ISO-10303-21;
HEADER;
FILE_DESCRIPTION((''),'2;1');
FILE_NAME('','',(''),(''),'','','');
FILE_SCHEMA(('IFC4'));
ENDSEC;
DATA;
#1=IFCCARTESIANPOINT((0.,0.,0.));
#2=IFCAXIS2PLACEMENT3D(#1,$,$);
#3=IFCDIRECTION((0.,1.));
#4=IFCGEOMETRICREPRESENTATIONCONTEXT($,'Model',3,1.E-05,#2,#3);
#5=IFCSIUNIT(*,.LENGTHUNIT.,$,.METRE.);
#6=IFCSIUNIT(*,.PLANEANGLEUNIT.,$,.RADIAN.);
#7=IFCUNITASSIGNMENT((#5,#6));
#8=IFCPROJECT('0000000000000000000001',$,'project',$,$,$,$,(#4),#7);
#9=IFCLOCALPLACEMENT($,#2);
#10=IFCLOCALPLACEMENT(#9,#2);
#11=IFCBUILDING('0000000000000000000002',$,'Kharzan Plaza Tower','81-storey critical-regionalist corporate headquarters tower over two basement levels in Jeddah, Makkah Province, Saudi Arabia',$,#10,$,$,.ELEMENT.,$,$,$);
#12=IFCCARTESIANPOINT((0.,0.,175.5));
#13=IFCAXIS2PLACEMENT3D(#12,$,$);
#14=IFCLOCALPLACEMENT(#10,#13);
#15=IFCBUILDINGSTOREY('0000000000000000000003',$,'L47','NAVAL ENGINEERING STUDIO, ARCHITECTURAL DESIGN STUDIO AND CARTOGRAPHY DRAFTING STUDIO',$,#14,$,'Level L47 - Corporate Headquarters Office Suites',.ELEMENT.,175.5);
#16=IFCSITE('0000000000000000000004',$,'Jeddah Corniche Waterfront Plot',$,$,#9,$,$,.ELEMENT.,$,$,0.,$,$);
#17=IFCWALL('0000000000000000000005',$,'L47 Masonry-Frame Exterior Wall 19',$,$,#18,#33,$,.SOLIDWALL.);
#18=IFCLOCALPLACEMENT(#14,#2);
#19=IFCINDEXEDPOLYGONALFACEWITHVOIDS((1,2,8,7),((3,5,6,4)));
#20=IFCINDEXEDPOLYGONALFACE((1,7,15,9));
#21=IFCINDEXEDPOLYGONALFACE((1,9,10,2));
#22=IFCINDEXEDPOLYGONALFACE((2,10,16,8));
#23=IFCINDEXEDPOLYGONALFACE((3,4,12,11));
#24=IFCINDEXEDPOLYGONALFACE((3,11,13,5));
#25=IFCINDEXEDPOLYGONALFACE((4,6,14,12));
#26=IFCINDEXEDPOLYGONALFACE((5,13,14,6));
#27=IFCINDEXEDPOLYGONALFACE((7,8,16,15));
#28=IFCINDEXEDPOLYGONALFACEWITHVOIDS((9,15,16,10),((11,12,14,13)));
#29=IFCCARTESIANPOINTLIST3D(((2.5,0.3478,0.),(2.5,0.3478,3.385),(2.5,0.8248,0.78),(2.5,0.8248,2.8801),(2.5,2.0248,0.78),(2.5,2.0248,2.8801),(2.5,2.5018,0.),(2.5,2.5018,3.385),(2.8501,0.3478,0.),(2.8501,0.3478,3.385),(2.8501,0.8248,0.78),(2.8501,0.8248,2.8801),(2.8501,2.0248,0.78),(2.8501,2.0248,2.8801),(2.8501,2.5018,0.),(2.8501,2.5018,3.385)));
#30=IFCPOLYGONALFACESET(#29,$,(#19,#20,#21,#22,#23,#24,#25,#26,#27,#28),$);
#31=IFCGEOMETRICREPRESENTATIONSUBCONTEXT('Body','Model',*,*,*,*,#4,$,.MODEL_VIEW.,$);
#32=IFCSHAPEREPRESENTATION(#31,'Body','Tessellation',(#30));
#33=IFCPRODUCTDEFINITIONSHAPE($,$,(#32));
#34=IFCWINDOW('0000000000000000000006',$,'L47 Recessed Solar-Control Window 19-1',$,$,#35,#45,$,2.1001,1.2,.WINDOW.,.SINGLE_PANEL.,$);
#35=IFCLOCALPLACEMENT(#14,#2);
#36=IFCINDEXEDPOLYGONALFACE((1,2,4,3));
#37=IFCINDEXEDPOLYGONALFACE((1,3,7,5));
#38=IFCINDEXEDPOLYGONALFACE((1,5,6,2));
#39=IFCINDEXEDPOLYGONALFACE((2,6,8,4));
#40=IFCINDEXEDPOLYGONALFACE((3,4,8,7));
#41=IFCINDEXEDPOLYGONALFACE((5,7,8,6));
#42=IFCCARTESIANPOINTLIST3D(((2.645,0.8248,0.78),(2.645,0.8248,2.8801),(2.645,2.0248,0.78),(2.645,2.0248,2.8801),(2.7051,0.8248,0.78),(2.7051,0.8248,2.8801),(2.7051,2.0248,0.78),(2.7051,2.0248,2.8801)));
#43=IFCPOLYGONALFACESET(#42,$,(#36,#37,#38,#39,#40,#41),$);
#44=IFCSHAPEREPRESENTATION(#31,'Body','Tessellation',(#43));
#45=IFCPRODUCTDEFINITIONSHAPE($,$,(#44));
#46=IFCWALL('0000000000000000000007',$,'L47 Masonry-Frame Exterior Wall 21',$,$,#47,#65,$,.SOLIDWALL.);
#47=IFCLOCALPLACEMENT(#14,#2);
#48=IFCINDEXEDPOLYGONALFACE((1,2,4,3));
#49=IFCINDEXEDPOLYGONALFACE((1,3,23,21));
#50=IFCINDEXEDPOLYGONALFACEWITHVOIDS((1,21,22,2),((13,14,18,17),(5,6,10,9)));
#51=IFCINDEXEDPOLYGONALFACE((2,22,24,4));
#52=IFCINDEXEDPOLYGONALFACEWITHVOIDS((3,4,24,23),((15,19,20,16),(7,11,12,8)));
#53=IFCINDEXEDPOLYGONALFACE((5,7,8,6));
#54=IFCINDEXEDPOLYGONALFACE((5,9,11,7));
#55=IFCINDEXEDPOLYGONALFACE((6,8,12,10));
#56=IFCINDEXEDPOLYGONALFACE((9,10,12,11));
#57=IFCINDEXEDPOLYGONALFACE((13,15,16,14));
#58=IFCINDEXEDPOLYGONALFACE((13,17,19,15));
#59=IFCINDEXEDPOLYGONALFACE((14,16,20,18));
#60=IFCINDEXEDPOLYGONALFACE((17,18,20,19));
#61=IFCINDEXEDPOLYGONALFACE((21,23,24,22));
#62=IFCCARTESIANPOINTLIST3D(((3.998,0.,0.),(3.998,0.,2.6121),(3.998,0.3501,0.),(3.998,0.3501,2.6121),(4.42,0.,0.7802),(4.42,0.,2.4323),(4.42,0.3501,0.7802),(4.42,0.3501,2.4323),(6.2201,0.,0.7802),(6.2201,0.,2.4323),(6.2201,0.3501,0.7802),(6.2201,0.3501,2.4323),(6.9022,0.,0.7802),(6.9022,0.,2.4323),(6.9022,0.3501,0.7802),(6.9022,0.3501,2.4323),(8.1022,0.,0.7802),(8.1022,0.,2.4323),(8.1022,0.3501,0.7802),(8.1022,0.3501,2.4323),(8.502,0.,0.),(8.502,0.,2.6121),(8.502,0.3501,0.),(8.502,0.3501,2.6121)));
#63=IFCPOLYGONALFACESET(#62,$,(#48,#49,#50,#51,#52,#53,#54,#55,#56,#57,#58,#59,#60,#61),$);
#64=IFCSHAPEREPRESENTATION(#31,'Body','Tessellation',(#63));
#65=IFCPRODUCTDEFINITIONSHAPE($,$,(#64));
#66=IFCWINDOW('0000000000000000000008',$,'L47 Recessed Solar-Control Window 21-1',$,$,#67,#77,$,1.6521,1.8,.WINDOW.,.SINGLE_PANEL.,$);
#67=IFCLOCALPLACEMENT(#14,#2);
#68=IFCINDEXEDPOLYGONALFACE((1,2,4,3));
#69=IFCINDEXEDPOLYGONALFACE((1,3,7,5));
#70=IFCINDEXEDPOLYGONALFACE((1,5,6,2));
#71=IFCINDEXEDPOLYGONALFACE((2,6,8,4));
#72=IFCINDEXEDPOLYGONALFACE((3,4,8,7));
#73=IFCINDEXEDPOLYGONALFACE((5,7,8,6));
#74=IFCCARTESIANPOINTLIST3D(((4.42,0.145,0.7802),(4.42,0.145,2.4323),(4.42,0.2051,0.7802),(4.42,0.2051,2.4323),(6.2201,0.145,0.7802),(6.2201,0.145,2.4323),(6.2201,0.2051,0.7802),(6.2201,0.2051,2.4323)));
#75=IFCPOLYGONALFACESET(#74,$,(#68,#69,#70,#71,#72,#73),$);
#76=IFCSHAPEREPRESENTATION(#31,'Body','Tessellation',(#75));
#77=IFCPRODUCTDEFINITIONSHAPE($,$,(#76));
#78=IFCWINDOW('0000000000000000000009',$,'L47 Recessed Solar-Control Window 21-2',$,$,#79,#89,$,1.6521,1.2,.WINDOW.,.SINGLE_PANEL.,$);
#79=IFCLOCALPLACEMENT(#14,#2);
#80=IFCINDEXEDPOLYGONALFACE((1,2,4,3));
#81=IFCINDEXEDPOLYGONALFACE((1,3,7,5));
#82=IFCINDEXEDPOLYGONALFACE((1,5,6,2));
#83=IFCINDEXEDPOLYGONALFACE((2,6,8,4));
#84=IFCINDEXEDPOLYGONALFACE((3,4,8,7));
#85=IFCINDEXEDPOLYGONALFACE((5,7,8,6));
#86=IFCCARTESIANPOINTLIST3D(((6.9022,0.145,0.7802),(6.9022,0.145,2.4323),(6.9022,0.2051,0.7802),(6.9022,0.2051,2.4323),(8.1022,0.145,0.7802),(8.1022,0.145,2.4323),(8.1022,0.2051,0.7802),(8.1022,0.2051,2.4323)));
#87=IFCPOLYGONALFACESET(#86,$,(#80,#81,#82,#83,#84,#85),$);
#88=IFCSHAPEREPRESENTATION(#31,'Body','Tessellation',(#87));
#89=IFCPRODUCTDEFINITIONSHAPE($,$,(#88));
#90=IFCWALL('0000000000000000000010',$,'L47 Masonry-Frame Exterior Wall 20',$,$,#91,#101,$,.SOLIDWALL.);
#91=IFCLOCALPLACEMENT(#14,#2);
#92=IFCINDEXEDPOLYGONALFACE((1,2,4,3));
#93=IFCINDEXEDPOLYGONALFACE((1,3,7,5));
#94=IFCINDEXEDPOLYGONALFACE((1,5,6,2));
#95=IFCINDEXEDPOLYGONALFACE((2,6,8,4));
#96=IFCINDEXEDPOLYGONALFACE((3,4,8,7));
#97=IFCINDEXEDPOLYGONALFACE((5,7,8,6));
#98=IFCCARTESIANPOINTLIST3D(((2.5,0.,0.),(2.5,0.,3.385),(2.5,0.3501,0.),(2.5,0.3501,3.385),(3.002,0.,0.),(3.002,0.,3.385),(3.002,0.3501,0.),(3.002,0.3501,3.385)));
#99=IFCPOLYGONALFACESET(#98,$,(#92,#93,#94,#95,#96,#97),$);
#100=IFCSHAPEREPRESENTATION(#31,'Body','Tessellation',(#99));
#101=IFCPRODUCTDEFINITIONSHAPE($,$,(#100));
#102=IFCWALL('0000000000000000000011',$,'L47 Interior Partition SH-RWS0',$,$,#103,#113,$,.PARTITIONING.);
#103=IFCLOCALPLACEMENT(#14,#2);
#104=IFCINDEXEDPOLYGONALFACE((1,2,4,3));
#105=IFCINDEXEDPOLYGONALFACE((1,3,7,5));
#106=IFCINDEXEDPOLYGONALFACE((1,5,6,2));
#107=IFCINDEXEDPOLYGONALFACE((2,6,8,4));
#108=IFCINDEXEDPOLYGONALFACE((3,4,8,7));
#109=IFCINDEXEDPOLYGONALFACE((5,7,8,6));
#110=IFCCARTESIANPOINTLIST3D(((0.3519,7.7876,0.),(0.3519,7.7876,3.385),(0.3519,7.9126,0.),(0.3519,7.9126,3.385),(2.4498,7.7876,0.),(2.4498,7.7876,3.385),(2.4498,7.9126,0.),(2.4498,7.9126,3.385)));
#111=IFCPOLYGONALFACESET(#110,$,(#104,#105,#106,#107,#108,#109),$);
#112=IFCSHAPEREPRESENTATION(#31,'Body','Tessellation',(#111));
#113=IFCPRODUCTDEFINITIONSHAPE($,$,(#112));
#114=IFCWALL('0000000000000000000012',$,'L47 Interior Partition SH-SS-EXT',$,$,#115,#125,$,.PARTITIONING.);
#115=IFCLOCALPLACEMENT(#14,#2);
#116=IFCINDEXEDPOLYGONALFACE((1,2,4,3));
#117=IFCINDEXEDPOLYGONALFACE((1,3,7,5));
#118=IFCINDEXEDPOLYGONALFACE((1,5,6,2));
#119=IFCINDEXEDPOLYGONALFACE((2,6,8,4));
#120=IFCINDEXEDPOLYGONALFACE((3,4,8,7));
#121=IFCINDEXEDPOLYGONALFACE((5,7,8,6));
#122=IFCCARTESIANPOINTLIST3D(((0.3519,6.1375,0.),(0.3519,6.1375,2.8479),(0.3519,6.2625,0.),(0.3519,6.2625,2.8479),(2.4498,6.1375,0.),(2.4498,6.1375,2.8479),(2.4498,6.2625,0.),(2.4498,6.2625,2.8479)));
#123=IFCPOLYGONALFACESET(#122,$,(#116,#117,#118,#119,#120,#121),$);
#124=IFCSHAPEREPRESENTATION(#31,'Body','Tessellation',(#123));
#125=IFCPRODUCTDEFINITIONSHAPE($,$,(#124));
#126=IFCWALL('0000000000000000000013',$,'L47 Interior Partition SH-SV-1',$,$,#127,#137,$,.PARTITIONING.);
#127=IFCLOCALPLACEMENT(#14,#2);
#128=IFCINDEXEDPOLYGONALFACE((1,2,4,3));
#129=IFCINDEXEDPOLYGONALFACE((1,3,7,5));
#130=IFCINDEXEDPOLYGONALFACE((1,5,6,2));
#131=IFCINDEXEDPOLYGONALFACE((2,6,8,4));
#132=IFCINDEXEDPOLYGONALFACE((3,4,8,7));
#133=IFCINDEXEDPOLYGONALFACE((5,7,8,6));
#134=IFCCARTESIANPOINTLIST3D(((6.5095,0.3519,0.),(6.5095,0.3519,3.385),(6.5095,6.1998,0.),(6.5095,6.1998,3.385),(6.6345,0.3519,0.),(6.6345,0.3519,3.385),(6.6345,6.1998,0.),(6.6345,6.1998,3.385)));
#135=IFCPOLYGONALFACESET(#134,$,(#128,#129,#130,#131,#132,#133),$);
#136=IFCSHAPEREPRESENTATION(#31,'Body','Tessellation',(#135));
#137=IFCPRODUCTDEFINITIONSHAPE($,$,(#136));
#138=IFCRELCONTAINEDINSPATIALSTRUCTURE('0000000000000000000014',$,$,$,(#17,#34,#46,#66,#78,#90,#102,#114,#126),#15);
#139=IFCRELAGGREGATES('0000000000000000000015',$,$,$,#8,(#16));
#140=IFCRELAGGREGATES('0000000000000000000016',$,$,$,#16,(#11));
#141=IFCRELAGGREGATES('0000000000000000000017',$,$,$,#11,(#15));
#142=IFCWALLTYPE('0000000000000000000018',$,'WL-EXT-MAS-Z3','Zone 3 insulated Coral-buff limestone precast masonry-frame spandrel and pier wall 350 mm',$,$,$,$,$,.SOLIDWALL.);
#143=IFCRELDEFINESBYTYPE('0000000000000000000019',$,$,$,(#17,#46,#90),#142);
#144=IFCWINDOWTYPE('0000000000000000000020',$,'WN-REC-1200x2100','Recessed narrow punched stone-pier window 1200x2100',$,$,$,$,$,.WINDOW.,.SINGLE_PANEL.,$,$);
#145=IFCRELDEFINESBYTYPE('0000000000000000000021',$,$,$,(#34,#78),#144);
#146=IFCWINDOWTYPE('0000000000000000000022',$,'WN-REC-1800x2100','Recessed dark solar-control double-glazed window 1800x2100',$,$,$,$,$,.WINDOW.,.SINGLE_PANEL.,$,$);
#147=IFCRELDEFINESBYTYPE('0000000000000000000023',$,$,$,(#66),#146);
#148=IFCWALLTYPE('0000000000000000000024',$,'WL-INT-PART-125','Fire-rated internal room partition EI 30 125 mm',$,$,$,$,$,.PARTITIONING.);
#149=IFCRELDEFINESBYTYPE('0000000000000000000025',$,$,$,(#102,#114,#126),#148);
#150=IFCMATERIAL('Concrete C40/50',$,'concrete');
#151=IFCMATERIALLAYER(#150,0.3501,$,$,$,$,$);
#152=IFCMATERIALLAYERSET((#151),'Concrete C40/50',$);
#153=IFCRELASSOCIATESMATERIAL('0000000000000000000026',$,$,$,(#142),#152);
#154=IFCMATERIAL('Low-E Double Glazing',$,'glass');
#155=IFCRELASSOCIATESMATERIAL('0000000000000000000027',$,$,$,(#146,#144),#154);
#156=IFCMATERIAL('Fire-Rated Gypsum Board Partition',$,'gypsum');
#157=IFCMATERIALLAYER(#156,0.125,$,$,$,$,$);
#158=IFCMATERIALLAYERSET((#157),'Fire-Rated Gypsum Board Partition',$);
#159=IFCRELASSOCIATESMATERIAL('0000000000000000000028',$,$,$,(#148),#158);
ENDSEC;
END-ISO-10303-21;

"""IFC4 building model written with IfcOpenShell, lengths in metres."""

from ifc_helpers import new_model, si_unit, direction, frame, frame_2d, origin, place, context, subcontext, project, spatial, rectangle, extrude, source, transform, mapped, material, layer, layer_set, type_object, element, fill, save


model = new_model("IFC4")

# Units and contexts
model_context = context("Model", 3, precision=1e-05, world=origin(), true_north=direction((0.0, 1.0)))
body_context = subcontext(model_context, "Body", "Model", "MODEL_VIEW")
ifc_project = project(units=[si_unit("LENGTHUNIT", "METRE"), si_unit("PLANEANGLEUNIT", "RADIAN")], contexts=[model_context])

# Site, building, storey
site_placement = place(None, origin())
site = spatial("IfcSite", under=ifc_project, at=site_placement, Name="Jeddah Corniche Waterfront Plot", CompositionType="ELEMENT", RefElevation=0.0)
building_placement = place(site_placement, origin())
building = spatial("IfcBuilding", under=site, at=building_placement, Name="Kharzan Plaza Tower", Description="81-storey critical-regionalist corporate headquarters tower over two basement levels in Jeddah, Makkah Province, Saudi Arabia", CompositionType="ELEMENT")
storey_placement = place(building_placement, frame((0.0, 0.0, 175.5)))
storey = spatial("IfcBuildingStorey", under=building, at=storey_placement, Name="L47", Description="NAVAL ENGINEERING STUDIO, ARCHITECTURAL DESIGN STUDIO AND CARTOGRAPHY DRAFTING STUDIO", LongName="Level L47 - Corporate Headquarters Office Suites", CompositionType="ELEMENT", Elevation=175.5)

# Shared definitions
ifc_material_1 = material(Name="Concrete C40/50", Category="concrete")

# Wall, opening, window
ifc_layer_1 = layer(ifc_material_1, 0.3501)
ifc_layer_set_1 = layer_set([ifc_layer_1], Name="Concrete C40/50")
wall_type_1 = type_object("IfcWallType", Name="WL-EXT-MAS-Z3", Description="Zone 3 insulated Coral-buff limestone precast masonry-frame spandrel and pier wall 350 mm", PredefinedType="SOLIDWALL", material=ifc_layer_set_1)
ifc_material_2 = material(Name="Low-E Double Glazing", Category="glass")
window_type_1 = type_object("IfcWindowType", Name="WN-REC-1800x2100", Description="Recessed dark solar-control double-glazed window 1800x2100", PartitioningType="SINGLE_PANEL", PredefinedType="WINDOW", material=ifc_material_2)
wall_1_placement = place(storey_placement, frame((2.675, 2.502, 0.0), z_axis=(0.0, 0.0, 1.0), x_axis=(0.0, -1.0, 0.0)))
wall_1 = element("IfcWall", 1, at=wall_1_placement, inside=storey, type_object=wall_type_1, Name="L47 Masonry-Frame Exterior Wall 19", PredefinedType="SOLIDWALL", context=body_context, shape_type="SweptSolid", body=[
    extrude(rectangle(XDim=2.1541, YDim=0.3501, at=frame_2d((1.0771, 0.0))), origin(), (0.0, 0.0, 1.0), 3.385),
])
opening_1_placement = place(wall_1_placement, frame((0.4771, 0.0, 0.78)))
opening_1 = element("IfcOpeningElement", 2, at=opening_1_placement, cuts=wall_1, PredefinedType="OPENING", context=body_context, shape_type="SweptSolid", body=[
    extrude(rectangle(XDim=1.2, YDim=2.1001, at=frame_2d((0.6001, 1.05))), frame((0.0, 0.1851, 0.0), z_axis=(0.0, -1.0, 0.0), x_axis=(1.0, 0.0, 0.0)), (0.0, 0.0, 1.0), 0.3701),
])
window_type_2 = type_object("IfcWindowType", Name="WN-REC-1200x2100", Description="Recessed narrow punched stone-pier window 1200x2100", PartitioningType="SINGLE_PANEL", PredefinedType="WINDOW", material=ifc_material_2)
shared_shape_1 = source(origin(), body_context, "Body", "SweptSolid", [
    extrude(rectangle(XDim=1.2, YDim=2.1001, at=frame_2d((0.6001, 1.05))), frame((0.0, 0.03, 0.0), z_axis=(0.0, -1.0, 0.0), x_axis=(1.0, 0.0, 0.0)), (0.0, 0.0, 1.0), 0.0601),
])
window_1_placement = place(opening_1_placement, origin())
window_1 = element("IfcWindow", 3, at=window_1_placement, inside=storey, type_object=window_type_2, Name="L47 Recessed Solar-Control Window 19-1", OverallHeight=2.1001, OverallWidth=1.2, PartitioningType="SINGLE_PANEL", PredefinedType="WINDOW", context=body_context, shape_type="MappedRepresentation", body=[
    mapped(shared_shape_1, transform((0.0, 0.0, 0.0), x_axis=(1.0, 0.0, 0.0), y_axis=(0.0, 1.0, 0.0), z_axis=(0.0, 0.0, 1.0))),
])
fill(opening_1, window_1)

# Wall, openings, windows
wall_2_placement = place(storey_placement, frame((3.998, 0.175, 0.0), z_axis=(0.0, 0.0, 1.0), x_axis=(1.0, 0.0, 0.0)))
wall_2 = element("IfcWall", 4, at=wall_2_placement, inside=storey, type_object=wall_type_1, Name="L47 Masonry-Frame Exterior Wall 21", PredefinedType="SOLIDWALL", context=body_context, shape_type="SweptSolid", body=[
    extrude(rectangle(XDim=4.5039, YDim=0.3501, at=frame_2d((2.252, 0.0))), origin(), (0.0, 0.0, 1.0), 2.6121),
])
opening_2_placement = place(wall_2_placement, frame((0.4221, 0.0, 0.78)))
opening_2 = element("IfcOpeningElement", 5, at=opening_2_placement, cuts=wall_2, PredefinedType="OPENING", context=body_context, shape_type="SweptSolid", body=[
    extrude(rectangle(XDim=1.8, YDim=1.6521, at=frame_2d((0.8999, 0.8262))), frame((0.0, 0.1851, 0.0), z_axis=(0.0, -1.0, 0.0), x_axis=(1.0, 0.0, 0.0)), (0.0, 0.0, 1.0), 0.3701),
])
opening_3_placement = place(wall_2_placement, frame((2.9041, 0.0, 0.78)))
opening_3 = element("IfcOpeningElement", 6, at=opening_3_placement, cuts=wall_2, PredefinedType="OPENING", context=body_context, shape_type="SweptSolid", body=[
    extrude(rectangle(XDim=1.2, YDim=1.6521, at=frame_2d((0.6001, 0.8262))), frame((0.0, 0.1851, 0.0), z_axis=(0.0, -1.0, 0.0), x_axis=(1.0, 0.0, 0.0)), (0.0, 0.0, 1.0), 0.3701),
])
shared_shape_2 = source(origin(), body_context, "Body", "SweptSolid", [
    extrude(rectangle(XDim=1.8, YDim=1.6521, at=frame_2d((0.8999, 0.8262))), frame((0.0, 0.03, 0.0), z_axis=(0.0, -1.0, 0.0), x_axis=(1.0, 0.0, 0.0)), (0.0, 0.0, 1.0), 0.0601),
])
window_2_placement = place(opening_2_placement, origin())
window_2 = element("IfcWindow", 7, at=window_2_placement, inside=storey, type_object=window_type_1, Name="L47 Recessed Solar-Control Window 21-1", OverallHeight=1.6521, OverallWidth=1.8, PartitioningType="SINGLE_PANEL", PredefinedType="WINDOW", context=body_context, shape_type="MappedRepresentation", body=[
    mapped(shared_shape_2, transform((0.0, 0.0, 0.0), x_axis=(1.0, 0.0, 0.0), y_axis=(0.0, 1.0, 0.0), z_axis=(0.0, 0.0, 1.0))),
])
fill(opening_2, window_2)
shared_shape_3 = source(origin(), body_context, "Body", "SweptSolid", [
    extrude(rectangle(XDim=1.2, YDim=1.6521, at=frame_2d((0.6001, 0.8262))), frame((0.0, 0.03, 0.0), z_axis=(0.0, -1.0, 0.0), x_axis=(1.0, 0.0, 0.0)), (0.0, 0.0, 1.0), 0.0601),
])
window_3_placement = place(opening_3_placement, origin())
window_3 = element("IfcWindow", 8, at=window_3_placement, inside=storey, type_object=window_type_2, Name="L47 Recessed Solar-Control Window 21-2", OverallHeight=1.6521, OverallWidth=1.2, PartitioningType="SINGLE_PANEL", PredefinedType="WINDOW", context=body_context, shape_type="MappedRepresentation", body=[
    mapped(shared_shape_3, transform((0.0, 0.0, 0.0), x_axis=(1.0, 0.0, 0.0), y_axis=(0.0, 1.0, 0.0), z_axis=(0.0, 0.0, 1.0))),
])
fill(opening_3, window_3)

# Shared definitions
ifc_material_3 = material(Name="Fire-Rated Gypsum Board Partition", Category="gypsum")
ifc_layer_2 = layer(ifc_material_3, 0.125)
ifc_layer_set_2 = layer_set([ifc_layer_2], Name="Fire-Rated Gypsum Board Partition")
wall_type_2 = type_object("IfcWallType", Name="WL-INT-PART-125", Description="Fire-rated internal room partition EI 30 125 mm", PredefinedType="PARTITIONING", material=ifc_layer_set_2)

# Walls
shared_shape_4 = source(origin(), body_context, "Body", "SweptSolid", [
    extrude(rectangle(XDim=0.502, YDim=0.3501, at=frame_2d((0.251, 0.0))), origin(), (0.0, 0.0, 1.0), 3.385),
])
wall_3_placement = place(storey_placement, frame((2.5, 0.175, 0.0), z_axis=(0.0, 0.0, 1.0), x_axis=(1.0, 0.0, 0.0)))
element("IfcWall", 9, at=wall_3_placement, inside=storey, type_object=wall_type_1, Name="L47 Masonry-Frame Exterior Wall 20", PredefinedType="SOLIDWALL", context=body_context, shape_type="MappedRepresentation", body=[
    mapped(shared_shape_4, transform((0.0, 0.0, 0.0), x_axis=(1.0, 0.0, 0.0), y_axis=(0.0, 1.0, 0.0), z_axis=(0.0, 0.0, 1.0))),
])
shared_shape_5 = source(origin(), body_context, "Body", "SweptSolid", [
    extrude(rectangle(XDim=2.0979, YDim=0.125, at=frame_2d((1.0488, 0.0))), origin(), (0.0, 0.0, 1.0), 3.385),
])
wall_4_placement = place(storey_placement, frame((0.3521, 7.8501, 0.0), z_axis=(0.0, 0.0, 1.0), x_axis=(1.0, 0.0, 0.0)))
element("IfcWall", 10, at=wall_4_placement, inside=storey, type_object=wall_type_2, Name="L47 Interior Partition SH-RWS0", PredefinedType="PARTITIONING", context=body_context, shape_type="MappedRepresentation", body=[
    mapped(shared_shape_5, transform((0.0, 0.0, 0.0), x_axis=(1.0, 0.0, 0.0), y_axis=(0.0, 1.0, 0.0), z_axis=(0.0, 0.0, 1.0))),
])
shared_shape_6 = source(origin(), body_context, "Body", "SweptSolid", [
    extrude(rectangle(XDim=2.0979, YDim=0.125, at=frame_2d((1.0488, 0.0))), origin(), (0.0, 0.0, 1.0), 2.8479),
])
wall_5_placement = place(storey_placement, frame((0.3521, 6.2, 0.0), z_axis=(0.0, 0.0, 1.0), x_axis=(1.0, 0.0, 0.0)))
element("IfcWall", 11, at=wall_5_placement, inside=storey, type_object=wall_type_2, Name="L47 Interior Partition SH-SS-EXT", PredefinedType="PARTITIONING", context=body_context, shape_type="MappedRepresentation", body=[
    mapped(shared_shape_6, transform((0.0, 0.0, 0.0), x_axis=(1.0, 0.0, 0.0), y_axis=(0.0, 1.0, 0.0), z_axis=(0.0, 0.0, 1.0))),
])
shared_shape_7 = source(origin(), body_context, "Body", "SweptSolid", [
    extrude(rectangle(XDim=5.8479, YDim=0.125, at=frame_2d((2.9238, 0.0))), origin(), (0.0, 0.0, 1.0), 3.385),
])
wall_6_placement = place(storey_placement, frame((6.572, 0.3521, 0.0), z_axis=(0.0, 0.0, 1.0), x_axis=(0.0, 1.0, 0.0)))
element("IfcWall", 12, at=wall_6_placement, inside=storey, type_object=wall_type_2, Name="L47 Interior Partition SH-SV-1", PredefinedType="PARTITIONING", context=body_context, shape_type="MappedRepresentation", body=[
    mapped(shared_shape_7, transform((0.0, 0.0, 0.0), x_axis=(1.0, 0.0, 0.0), y_axis=(0.0, 1.0, 0.0), z_axis=(0.0, 0.0, 1.0))),
])

save(model, "model.ifc")
